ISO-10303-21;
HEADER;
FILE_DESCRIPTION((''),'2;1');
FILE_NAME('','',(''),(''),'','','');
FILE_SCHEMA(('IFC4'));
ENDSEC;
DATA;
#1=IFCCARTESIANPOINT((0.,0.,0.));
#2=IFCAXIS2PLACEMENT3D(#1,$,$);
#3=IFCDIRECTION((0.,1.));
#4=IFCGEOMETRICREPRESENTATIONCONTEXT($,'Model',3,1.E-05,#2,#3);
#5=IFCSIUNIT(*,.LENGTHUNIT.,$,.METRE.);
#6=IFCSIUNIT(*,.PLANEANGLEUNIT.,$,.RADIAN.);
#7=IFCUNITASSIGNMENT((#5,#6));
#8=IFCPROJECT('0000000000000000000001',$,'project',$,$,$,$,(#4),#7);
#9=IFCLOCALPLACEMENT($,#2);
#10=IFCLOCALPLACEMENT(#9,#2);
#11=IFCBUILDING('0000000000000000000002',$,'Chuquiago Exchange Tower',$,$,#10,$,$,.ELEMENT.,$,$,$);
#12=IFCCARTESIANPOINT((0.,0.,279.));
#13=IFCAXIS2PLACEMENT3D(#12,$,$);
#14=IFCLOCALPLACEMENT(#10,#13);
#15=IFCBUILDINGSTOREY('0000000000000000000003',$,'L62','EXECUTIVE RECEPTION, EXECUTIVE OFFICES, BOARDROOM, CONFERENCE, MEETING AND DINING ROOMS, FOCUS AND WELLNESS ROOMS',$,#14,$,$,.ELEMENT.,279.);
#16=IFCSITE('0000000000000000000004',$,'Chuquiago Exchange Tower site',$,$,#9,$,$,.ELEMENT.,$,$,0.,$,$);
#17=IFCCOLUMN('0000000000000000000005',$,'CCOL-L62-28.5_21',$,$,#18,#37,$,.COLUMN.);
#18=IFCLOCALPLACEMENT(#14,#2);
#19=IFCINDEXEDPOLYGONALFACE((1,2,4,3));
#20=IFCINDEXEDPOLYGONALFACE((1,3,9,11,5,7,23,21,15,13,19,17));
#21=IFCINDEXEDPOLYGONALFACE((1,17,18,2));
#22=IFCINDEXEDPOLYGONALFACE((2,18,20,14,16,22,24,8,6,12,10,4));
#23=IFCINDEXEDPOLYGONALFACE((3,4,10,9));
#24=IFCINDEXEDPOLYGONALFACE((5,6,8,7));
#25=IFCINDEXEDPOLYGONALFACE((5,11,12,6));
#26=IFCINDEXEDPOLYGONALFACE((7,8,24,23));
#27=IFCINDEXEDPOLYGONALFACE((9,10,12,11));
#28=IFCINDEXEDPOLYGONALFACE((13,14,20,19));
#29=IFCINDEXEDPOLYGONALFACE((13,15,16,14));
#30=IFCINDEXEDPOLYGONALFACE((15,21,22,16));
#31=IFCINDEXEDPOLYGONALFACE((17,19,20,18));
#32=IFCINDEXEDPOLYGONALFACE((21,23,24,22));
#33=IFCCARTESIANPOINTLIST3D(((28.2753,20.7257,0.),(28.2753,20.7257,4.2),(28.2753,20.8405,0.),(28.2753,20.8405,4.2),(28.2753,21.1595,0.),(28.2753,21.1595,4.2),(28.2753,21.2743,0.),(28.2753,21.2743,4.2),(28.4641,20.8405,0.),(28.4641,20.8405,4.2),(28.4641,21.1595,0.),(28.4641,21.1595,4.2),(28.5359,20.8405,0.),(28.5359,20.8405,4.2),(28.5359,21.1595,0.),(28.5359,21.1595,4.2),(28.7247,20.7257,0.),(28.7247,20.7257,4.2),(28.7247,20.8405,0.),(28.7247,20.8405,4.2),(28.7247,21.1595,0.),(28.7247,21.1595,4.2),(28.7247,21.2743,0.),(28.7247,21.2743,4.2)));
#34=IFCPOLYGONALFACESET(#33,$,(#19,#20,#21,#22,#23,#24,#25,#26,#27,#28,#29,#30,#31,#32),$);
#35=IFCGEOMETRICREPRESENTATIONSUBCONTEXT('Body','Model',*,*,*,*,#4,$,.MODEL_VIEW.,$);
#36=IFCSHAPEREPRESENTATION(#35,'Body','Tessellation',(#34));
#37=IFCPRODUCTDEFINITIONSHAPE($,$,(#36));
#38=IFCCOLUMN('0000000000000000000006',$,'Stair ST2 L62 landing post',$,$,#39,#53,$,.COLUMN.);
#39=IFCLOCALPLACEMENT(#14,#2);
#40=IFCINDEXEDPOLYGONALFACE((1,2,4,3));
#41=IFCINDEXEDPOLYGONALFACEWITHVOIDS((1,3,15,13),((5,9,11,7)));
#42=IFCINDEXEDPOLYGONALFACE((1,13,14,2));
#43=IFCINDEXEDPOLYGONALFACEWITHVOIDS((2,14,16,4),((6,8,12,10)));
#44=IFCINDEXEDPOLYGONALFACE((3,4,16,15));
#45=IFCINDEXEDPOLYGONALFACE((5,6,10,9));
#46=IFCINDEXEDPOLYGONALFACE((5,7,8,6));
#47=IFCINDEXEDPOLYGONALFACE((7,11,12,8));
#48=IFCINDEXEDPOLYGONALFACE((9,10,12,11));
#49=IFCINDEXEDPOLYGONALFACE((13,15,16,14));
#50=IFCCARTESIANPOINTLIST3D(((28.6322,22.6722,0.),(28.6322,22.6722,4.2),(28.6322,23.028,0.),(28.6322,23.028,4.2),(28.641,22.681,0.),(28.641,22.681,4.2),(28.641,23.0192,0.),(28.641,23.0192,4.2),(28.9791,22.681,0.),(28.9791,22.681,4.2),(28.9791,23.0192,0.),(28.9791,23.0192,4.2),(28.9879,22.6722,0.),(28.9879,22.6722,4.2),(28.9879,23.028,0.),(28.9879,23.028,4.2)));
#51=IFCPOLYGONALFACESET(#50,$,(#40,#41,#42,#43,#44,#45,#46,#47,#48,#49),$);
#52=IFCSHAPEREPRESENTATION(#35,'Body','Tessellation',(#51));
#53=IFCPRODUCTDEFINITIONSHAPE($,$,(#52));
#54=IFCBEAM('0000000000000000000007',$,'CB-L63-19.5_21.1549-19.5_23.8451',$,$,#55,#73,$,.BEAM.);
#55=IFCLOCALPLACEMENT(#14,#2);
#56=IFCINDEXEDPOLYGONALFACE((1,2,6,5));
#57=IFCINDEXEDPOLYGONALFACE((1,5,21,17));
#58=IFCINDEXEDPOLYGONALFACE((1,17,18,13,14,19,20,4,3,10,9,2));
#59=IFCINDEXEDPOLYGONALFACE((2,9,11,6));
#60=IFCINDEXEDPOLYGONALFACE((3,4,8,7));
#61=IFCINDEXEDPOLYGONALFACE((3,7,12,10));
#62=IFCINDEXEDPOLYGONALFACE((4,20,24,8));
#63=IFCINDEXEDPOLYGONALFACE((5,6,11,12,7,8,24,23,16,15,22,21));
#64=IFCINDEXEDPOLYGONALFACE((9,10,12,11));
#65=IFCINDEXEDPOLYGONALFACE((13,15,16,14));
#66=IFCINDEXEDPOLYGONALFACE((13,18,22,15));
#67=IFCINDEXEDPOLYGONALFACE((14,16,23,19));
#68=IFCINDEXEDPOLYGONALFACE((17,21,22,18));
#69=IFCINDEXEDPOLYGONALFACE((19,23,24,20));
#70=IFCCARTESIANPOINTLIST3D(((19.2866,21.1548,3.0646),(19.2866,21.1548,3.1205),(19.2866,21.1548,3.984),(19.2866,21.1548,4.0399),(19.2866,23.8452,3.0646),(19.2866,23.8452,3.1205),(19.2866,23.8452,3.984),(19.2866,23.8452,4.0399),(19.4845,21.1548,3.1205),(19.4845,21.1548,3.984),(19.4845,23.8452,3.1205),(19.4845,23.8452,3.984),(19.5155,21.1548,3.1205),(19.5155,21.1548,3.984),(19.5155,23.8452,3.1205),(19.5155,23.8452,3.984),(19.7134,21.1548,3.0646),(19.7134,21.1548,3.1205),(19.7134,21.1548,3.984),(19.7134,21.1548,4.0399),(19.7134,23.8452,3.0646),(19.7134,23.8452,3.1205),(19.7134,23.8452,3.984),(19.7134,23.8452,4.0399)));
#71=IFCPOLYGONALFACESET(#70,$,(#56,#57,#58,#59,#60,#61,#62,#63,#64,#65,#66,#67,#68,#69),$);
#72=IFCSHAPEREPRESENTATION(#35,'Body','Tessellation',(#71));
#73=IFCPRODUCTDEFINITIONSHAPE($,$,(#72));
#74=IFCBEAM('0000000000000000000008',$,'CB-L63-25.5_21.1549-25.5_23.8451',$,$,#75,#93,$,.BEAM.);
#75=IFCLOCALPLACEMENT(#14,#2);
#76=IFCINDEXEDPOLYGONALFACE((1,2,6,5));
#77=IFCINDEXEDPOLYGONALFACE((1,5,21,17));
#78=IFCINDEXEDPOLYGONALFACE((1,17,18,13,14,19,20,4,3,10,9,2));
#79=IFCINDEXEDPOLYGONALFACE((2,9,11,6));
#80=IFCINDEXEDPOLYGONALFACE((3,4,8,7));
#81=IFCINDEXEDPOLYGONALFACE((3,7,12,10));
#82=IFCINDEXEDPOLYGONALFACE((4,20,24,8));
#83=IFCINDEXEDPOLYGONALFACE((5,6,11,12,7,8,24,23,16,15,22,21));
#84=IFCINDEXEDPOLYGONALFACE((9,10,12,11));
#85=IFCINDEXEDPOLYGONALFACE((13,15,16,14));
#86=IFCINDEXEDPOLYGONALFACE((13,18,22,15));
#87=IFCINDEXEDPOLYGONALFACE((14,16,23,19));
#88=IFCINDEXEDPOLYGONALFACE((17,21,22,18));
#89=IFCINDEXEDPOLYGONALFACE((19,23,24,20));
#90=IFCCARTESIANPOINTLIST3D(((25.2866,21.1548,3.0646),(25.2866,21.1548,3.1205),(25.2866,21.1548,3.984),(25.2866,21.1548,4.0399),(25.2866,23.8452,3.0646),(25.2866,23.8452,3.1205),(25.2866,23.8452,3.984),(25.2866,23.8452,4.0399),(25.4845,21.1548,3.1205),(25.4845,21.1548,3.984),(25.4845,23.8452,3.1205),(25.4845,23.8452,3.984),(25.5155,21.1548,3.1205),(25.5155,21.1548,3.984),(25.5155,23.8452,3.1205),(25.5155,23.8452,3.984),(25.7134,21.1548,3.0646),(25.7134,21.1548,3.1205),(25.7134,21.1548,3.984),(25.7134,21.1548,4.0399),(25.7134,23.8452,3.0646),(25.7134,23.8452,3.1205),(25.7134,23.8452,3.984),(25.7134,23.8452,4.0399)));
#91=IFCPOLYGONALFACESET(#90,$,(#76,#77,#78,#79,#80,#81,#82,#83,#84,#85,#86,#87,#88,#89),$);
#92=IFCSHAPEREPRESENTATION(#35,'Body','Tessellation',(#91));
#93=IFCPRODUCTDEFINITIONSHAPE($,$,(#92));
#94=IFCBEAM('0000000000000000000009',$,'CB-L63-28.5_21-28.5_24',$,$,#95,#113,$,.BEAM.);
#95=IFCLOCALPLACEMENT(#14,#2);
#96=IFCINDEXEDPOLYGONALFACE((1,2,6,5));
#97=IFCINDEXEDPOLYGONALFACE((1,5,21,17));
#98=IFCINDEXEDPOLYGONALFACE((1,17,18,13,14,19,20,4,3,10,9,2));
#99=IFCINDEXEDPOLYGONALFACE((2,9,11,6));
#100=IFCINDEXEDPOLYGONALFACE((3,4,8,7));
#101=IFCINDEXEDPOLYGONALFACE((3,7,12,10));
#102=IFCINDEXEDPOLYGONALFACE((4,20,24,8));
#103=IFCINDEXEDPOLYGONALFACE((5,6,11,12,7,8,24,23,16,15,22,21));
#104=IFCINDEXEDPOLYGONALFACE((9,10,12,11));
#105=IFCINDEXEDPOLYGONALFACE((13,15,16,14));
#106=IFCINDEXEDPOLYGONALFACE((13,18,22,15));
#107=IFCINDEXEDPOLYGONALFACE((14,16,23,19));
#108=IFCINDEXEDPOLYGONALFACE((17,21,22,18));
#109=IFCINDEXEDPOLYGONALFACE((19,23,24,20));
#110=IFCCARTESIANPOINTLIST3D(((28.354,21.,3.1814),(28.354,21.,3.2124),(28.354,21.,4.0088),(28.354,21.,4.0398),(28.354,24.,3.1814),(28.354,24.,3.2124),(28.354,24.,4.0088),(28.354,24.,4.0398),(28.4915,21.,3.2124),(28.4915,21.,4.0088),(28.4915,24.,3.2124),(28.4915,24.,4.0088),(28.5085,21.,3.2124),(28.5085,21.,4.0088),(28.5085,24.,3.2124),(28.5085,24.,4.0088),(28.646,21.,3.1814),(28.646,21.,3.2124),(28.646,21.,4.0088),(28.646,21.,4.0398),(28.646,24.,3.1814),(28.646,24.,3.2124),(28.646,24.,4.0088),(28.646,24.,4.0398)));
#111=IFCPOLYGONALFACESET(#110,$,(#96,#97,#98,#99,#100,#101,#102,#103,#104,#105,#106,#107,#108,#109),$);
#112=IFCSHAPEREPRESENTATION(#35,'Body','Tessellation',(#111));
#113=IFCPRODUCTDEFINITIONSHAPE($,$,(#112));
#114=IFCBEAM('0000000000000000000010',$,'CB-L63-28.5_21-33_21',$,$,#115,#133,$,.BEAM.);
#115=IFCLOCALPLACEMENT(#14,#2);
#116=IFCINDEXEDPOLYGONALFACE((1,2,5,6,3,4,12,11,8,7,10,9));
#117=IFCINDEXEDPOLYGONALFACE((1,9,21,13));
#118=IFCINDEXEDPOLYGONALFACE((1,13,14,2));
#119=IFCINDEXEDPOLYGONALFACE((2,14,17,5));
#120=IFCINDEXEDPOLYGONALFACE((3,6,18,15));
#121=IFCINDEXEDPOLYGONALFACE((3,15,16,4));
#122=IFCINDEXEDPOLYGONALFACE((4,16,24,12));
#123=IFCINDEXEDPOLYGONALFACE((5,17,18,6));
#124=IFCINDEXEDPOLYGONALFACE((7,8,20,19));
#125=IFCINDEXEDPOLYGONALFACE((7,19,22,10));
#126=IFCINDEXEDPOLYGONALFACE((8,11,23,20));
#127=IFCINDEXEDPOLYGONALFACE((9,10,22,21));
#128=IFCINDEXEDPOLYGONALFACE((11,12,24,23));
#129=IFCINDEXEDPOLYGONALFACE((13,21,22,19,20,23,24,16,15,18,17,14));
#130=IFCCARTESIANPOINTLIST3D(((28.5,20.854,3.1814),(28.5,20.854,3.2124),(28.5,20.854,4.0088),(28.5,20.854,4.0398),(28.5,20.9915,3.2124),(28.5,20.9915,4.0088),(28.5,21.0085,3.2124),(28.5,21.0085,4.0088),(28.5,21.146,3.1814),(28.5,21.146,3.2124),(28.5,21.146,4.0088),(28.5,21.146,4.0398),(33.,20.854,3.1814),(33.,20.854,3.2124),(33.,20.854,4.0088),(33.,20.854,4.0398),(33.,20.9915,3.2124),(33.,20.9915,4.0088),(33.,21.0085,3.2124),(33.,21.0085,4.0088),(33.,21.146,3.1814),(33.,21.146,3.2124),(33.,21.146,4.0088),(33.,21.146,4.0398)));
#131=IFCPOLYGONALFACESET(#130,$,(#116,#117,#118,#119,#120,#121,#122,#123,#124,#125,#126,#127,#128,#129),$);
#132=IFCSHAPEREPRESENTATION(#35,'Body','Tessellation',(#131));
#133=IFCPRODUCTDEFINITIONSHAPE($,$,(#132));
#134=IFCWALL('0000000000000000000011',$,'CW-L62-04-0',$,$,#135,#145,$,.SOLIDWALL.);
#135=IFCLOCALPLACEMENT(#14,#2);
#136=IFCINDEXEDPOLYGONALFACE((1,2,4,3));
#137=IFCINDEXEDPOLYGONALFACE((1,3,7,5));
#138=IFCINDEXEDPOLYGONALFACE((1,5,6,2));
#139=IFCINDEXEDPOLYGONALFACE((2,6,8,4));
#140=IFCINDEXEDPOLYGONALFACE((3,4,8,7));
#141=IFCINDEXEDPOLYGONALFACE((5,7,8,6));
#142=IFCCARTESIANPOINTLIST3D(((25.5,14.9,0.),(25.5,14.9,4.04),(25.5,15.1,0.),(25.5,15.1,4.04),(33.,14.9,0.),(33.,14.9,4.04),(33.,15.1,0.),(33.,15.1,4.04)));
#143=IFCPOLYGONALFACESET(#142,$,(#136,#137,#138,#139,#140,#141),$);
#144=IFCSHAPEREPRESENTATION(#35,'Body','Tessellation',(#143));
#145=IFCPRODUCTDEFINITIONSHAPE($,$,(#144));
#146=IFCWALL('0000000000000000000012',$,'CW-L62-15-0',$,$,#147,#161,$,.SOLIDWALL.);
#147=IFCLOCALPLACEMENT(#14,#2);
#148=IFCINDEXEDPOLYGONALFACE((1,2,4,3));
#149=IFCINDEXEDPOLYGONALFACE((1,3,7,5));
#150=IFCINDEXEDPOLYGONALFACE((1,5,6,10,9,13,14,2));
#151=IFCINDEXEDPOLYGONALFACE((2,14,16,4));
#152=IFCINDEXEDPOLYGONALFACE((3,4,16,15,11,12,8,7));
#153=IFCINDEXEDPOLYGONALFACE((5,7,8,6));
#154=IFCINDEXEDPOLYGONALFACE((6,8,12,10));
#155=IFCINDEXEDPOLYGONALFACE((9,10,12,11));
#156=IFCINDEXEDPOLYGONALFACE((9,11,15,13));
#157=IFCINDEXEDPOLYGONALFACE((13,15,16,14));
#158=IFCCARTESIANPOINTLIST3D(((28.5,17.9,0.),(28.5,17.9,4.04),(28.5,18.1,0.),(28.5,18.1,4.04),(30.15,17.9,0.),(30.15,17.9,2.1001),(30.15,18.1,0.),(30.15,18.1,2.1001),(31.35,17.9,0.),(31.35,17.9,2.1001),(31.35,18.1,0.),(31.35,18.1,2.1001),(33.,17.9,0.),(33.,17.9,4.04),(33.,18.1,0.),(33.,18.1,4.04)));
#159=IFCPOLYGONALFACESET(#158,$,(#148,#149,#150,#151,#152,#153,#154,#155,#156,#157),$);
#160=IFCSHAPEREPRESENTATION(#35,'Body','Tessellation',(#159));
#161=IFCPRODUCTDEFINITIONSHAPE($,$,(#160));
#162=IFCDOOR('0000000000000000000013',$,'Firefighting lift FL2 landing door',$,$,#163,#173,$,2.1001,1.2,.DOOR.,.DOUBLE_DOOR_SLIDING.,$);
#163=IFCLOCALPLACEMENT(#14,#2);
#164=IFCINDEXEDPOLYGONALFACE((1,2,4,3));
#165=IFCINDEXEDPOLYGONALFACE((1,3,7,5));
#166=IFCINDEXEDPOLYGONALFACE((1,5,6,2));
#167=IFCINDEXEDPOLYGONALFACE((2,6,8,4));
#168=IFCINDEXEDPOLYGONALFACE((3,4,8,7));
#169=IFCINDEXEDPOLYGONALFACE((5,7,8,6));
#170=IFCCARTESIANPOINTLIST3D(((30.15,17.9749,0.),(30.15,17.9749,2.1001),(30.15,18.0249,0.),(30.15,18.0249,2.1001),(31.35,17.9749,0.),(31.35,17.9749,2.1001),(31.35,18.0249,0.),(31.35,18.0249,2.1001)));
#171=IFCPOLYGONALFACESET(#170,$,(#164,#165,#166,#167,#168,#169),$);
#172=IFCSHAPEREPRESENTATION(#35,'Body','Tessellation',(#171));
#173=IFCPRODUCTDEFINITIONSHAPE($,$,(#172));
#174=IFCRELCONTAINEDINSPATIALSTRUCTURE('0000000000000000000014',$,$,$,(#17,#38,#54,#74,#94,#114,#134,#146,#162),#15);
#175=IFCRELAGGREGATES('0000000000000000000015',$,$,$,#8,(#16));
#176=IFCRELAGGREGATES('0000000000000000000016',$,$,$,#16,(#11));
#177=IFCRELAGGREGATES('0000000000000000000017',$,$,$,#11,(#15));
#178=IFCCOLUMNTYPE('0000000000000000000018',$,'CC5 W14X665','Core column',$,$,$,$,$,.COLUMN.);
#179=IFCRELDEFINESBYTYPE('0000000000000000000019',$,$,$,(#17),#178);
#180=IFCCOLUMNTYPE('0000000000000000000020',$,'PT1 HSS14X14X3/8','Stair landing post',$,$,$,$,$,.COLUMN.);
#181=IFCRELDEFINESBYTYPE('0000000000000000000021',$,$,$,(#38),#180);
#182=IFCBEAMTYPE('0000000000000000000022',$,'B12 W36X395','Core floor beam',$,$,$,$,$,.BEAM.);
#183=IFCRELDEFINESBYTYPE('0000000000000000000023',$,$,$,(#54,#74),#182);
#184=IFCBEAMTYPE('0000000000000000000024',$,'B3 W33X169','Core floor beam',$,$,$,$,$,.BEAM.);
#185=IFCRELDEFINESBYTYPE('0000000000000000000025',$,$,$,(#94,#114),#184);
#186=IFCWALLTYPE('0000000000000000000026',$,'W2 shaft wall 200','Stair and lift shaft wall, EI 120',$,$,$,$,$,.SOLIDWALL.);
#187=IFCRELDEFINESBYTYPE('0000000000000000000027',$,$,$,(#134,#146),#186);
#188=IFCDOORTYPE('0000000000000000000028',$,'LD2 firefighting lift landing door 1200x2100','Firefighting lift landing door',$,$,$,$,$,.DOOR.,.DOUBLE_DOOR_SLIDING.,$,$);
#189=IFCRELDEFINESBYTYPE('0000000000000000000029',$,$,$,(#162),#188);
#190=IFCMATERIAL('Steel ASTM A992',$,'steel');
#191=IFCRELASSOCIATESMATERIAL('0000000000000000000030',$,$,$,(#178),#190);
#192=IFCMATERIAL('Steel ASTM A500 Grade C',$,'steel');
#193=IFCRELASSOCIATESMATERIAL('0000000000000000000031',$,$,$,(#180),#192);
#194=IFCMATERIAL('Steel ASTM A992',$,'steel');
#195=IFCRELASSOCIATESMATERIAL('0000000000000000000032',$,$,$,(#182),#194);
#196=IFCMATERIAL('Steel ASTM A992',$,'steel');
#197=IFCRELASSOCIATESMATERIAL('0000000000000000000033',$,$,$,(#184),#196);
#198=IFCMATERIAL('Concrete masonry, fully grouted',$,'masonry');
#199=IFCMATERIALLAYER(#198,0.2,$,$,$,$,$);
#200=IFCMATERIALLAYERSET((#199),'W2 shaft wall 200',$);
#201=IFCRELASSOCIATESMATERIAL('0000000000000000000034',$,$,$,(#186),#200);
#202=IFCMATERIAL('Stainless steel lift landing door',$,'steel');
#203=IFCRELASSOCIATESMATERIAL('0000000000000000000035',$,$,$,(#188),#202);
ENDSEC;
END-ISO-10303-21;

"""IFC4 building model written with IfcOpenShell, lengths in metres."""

from ifc_helpers import new_model, si_unit, direction, frame, frame_2d, origin, origin_2d, place, context, subcontext, project, spatial, rectangle, hollow_rectangle, i_section, extrude, material, layer, layer_set, material_profile, profile_set, type_object, element, fill, save


model = new_model("IFC4")

# Units and contexts
model_context = context("Model", 3, precision=1e-05, world=origin(), true_north=direction((0.0, 1.0)))
body_context = subcontext(model_context, "Body", "Model", "MODEL_VIEW")
ifc_project = project(units=[si_unit("LENGTHUNIT", "METRE"), si_unit("PLANEANGLEUNIT", "RADIAN")], contexts=[model_context])

# Site, building, storey
site_placement = place(None, origin())
site = spatial("IfcSite", under=ifc_project, at=site_placement, Name="Chuquiago Exchange Tower site", CompositionType="ELEMENT", RefElevation=0.0)
building_placement = place(site_placement, origin())
building = spatial("IfcBuilding", under=site, at=building_placement, Name="Chuquiago Exchange Tower", CompositionType="ELEMENT")
storey_placement = place(building_placement, frame((0.0, 0.0, 279.0)))
storey = spatial("IfcBuildingStorey", under=building, at=storey_placement, Name="L62", Description="EXECUTIVE RECEPTION, EXECUTIVE OFFICES, BOARDROOM, CONFERENCE, MEETING AND DINING ROOMS, FOCUS AND WELLNESS ROOMS", CompositionType="ELEMENT", Elevation=279.0)

# Columns
ifc_material_1 = material(Name="Steel ASTM A992", Category="steel")
ifc_material_profile_1 = material_profile(ifc_material_1, i_section(OverallWidth=0.4495, OverallDepth=0.5486, WebThickness=0.0718, FlangeThickness=0.1147, at=origin_2d()), Name="W14X665")
ifc_profile_set_1 = profile_set([ifc_material_profile_1], Name="Steel ASTM A992")
column_type_1 = type_object("IfcColumnType", Name="CC5 W14X665", Description="Core column", PredefinedType="COLUMN", material=ifc_profile_set_1)
column_1_placement = place(storey_placement, frame((28.5, 21.0, 0.0), z_axis=(0.0, 0.0, 1.0), x_axis=(1.0, 0.0, 0.0)))
element("IfcColumn", 1, at=column_1_placement, inside=storey, type_object=column_type_1, Name="CCOL-L62-28.5_21", PredefinedType="COLUMN", context=body_context, shape_type="SweptSolid", body=[
    extrude(i_section(OverallWidth=0.4495, OverallDepth=0.5486, WebThickness=0.0718, FlangeThickness=0.1147, at=origin_2d()), origin(), (0.0, 0.0, 1.0), 4.2),
])
ifc_material_2 = material(Name="Steel ASTM A500 Grade C", Category="steel")
ifc_material_profile_2 = material_profile(ifc_material_2, hollow_rectangle(XDim=0.3557, YDim=0.3557, WallThickness=0.0088, at=origin_2d()), Name="HSS14X14X3/8")
ifc_profile_set_2 = profile_set([ifc_material_profile_2], Name="Steel ASTM A500 Grade C")
column_type_2 = type_object("IfcColumnType", Name="PT1 HSS14X14X3/8", Description="Stair landing post", PredefinedType="COLUMN", material=ifc_profile_set_2)
column_2_placement = place(storey_placement, frame((28.8101, 22.8501, 0.0), z_axis=(0.0, 0.0, 1.0), x_axis=(1.0, 0.0, 0.0)))
element("IfcColumn", 2, at=column_2_placement, inside=storey, type_object=column_type_2, Name="Stair ST2 L62 landing post", PredefinedType="COLUMN", context=body_context, shape_type="SweptSolid", body=[
    extrude(hollow_rectangle(XDim=0.3557, YDim=0.3557, WallThickness=0.0088, at=origin_2d()), origin(), (0.0, 0.0, 1.0), 4.2),
])

# Beams
ifc_material_3 = material(Name="Steel ASTM A992", Category="steel")
ifc_material_profile_3 = material_profile(ifc_material_3, i_section(OverallWidth=0.4268, OverallDepth=0.9753, WebThickness=0.031, FlangeThickness=0.0559, at=origin_2d()), Name="W36X395")
ifc_profile_set_3 = profile_set([ifc_material_profile_3], Name="Steel ASTM A992")
beam_type_1 = type_object("IfcBeamType", Name="B12 W36X395", Description="Core floor beam", PredefinedType="BEAM", material=ifc_profile_set_3)
for number, where, z_axis, x_axis, name in (
    (3, (19.5, 21.1548, 3.5522), (0.0, 1.0, 0.0), (-1.0, 0.0, 0.0), "CB-L63-19.5_21.1549-19.5_23.8451"),
    (4, (25.5, 21.1548, 3.5522), (0.0, 1.0, 0.0), (-1.0, 0.0, 0.0), "CB-L63-25.5_21.1549-25.5_23.8451"),
):
    element("IfcBeam", number, at=place(storey_placement, frame(where, z_axis=z_axis, x_axis=x_axis)), inside=storey, type_object=beam_type_1, Name=name, PredefinedType="BEAM", context=body_context, shape_type="SweptSolid", body=[
        extrude(i_section(OverallWidth=0.4268, OverallDepth=0.9753, WebThickness=0.031, FlangeThickness=0.0559, at=origin_2d()), origin(), (0.0, 0.0, 1.0), 2.6904),
    ])
ifc_material_4 = material(Name="Steel ASTM A992", Category="steel")
ifc_material_profile_4 = material_profile(ifc_material_4, i_section(OverallWidth=0.292, OverallDepth=0.8584, WebThickness=0.0171, FlangeThickness=0.031, at=origin_2d()), Name="W33X169")
ifc_profile_set_4 = profile_set([ifc_material_profile_4], Name="Steel ASTM A992")
beam_type_2 = type_object("IfcBeamType", Name="B3 W33X169", Description="Core floor beam", PredefinedType="BEAM", material=ifc_profile_set_4)
beam_1_placement = place(storey_placement, frame((28.5, 21.0, 3.6106), z_axis=(0.0, 1.0, 0.0), x_axis=(-1.0, 0.0, 0.0)))
element("IfcBeam", 5, at=beam_1_placement, inside=storey, type_object=beam_type_2, Name="CB-L63-28.5_21-28.5_24", PredefinedType="BEAM", context=body_context, shape_type="SweptSolid", body=[
    extrude(i_section(OverallWidth=0.292, OverallDepth=0.8584, WebThickness=0.0171, FlangeThickness=0.031, at=origin_2d()), origin(), (0.0, 0.0, 1.0), 3.0),
])
beam_2_placement = place(storey_placement, frame((28.5, 21.0, 3.6106), z_axis=(1.0, 0.0, 0.0), x_axis=(0.0, 1.0, 0.0)))
element("IfcBeam", 6, at=beam_2_placement, inside=storey, type_object=beam_type_2, Name="CB-L63-28.5_21-33_21", PredefinedType="BEAM", context=body_context, shape_type="SweptSolid", body=[
    extrude(i_section(OverallWidth=0.292, OverallDepth=0.8584, WebThickness=0.0171, FlangeThickness=0.031, at=origin_2d()), origin(), (0.0, 0.0, 1.0), 4.5),
])

# Wall
ifc_material_5 = material(Name="Concrete masonry, fully grouted", Category="masonry")
ifc_layer_1 = layer(ifc_material_5, 0.2)
ifc_layer_set_1 = layer_set([ifc_layer_1], Name="W2 shaft wall 200")
wall_type_1 = type_object("IfcWallType", Name="W2 shaft wall 200", Description="Stair and lift shaft wall, EI 120", PredefinedType="SOLIDWALL", material=ifc_layer_set_1)
wall_1_placement = place(storey_placement, frame((25.5, 15.0, 0.0), z_axis=(0.0, 0.0, 1.0), x_axis=(1.0, 0.0, 0.0)))
element("IfcWall", 7, at=wall_1_placement, inside=storey, type_object=wall_type_1, Name="CW-L62-04-0", PredefinedType="SOLIDWALL", context=body_context, shape_type="SweptSolid", body=[
    extrude(rectangle(XDim=7.5, YDim=0.2, at=frame_2d((3.75, 0.0))), origin(), (0.0, 0.0, 1.0), 4.04),
])

# Wall, opening, door
wall_2_placement = place(storey_placement, frame((28.5, 18.0, 0.0), z_axis=(0.0, 0.0, 1.0), x_axis=(1.0, 0.0, 0.0)))
wall_2 = element("IfcWall", 8, at=wall_2_placement, inside=storey, type_object=wall_type_1, Name="CW-L62-15-0", PredefinedType="SOLIDWALL", context=body_context, shape_type="SweptSolid", body=[
    extrude(rectangle(XDim=4.5, YDim=0.2, at=frame_2d((2.25, 0.0))), origin(), (0.0, 0.0, 1.0), 4.04),
])
opening_1_placement = place(wall_2_placement, frame((1.6499, 0.0, 0.0)))
opening_1 = element("IfcOpeningElement", 9, at=opening_1_placement, cuts=wall_2, PredefinedType="OPENING", context=body_context, shape_type="SweptSolid", body=[
    extrude(rectangle(XDim=1.2, YDim=2.1001, at=frame_2d((0.6001, 1.05))), frame((0.0, 0.1099, 0.0), z_axis=(0.0, -1.0, 0.0), x_axis=(1.0, 0.0, 0.0)), (0.0, 0.0, 1.0), 0.22),
])
ifc_material_6 = material(Name="Stainless steel lift landing door", Category="steel")
door_type_1 = type_object("IfcDoorType", Name="LD2 firefighting lift landing door 1200x2100", Description="Firefighting lift landing door", OperationType="DOUBLE_DOOR_SLIDING", PredefinedType="DOOR", material=ifc_material_6)
door_1_placement = place(opening_1_placement, origin())
door_1 = element("IfcDoor", 10, at=door_1_placement, inside=storey, type_object=door_type_1, Name="Firefighting lift FL2 landing door", OperationType="DOUBLE_DOOR_SLIDING", OverallHeight=2.1001, OverallWidth=1.2, PredefinedType="DOOR", context=body_context, shape_type="SweptSolid", body=[
    extrude(rectangle(XDim=1.2, YDim=2.1001, at=frame_2d((0.6001, 1.05))), frame((0.0, 0.0249, 0.0), z_axis=(0.0, -1.0, 0.0), x_axis=(1.0, 0.0, 0.0)), (0.0, 0.0, 1.0), 0.05),
])
fill(opening_1, door_1)

save(model, "model.ifc")
